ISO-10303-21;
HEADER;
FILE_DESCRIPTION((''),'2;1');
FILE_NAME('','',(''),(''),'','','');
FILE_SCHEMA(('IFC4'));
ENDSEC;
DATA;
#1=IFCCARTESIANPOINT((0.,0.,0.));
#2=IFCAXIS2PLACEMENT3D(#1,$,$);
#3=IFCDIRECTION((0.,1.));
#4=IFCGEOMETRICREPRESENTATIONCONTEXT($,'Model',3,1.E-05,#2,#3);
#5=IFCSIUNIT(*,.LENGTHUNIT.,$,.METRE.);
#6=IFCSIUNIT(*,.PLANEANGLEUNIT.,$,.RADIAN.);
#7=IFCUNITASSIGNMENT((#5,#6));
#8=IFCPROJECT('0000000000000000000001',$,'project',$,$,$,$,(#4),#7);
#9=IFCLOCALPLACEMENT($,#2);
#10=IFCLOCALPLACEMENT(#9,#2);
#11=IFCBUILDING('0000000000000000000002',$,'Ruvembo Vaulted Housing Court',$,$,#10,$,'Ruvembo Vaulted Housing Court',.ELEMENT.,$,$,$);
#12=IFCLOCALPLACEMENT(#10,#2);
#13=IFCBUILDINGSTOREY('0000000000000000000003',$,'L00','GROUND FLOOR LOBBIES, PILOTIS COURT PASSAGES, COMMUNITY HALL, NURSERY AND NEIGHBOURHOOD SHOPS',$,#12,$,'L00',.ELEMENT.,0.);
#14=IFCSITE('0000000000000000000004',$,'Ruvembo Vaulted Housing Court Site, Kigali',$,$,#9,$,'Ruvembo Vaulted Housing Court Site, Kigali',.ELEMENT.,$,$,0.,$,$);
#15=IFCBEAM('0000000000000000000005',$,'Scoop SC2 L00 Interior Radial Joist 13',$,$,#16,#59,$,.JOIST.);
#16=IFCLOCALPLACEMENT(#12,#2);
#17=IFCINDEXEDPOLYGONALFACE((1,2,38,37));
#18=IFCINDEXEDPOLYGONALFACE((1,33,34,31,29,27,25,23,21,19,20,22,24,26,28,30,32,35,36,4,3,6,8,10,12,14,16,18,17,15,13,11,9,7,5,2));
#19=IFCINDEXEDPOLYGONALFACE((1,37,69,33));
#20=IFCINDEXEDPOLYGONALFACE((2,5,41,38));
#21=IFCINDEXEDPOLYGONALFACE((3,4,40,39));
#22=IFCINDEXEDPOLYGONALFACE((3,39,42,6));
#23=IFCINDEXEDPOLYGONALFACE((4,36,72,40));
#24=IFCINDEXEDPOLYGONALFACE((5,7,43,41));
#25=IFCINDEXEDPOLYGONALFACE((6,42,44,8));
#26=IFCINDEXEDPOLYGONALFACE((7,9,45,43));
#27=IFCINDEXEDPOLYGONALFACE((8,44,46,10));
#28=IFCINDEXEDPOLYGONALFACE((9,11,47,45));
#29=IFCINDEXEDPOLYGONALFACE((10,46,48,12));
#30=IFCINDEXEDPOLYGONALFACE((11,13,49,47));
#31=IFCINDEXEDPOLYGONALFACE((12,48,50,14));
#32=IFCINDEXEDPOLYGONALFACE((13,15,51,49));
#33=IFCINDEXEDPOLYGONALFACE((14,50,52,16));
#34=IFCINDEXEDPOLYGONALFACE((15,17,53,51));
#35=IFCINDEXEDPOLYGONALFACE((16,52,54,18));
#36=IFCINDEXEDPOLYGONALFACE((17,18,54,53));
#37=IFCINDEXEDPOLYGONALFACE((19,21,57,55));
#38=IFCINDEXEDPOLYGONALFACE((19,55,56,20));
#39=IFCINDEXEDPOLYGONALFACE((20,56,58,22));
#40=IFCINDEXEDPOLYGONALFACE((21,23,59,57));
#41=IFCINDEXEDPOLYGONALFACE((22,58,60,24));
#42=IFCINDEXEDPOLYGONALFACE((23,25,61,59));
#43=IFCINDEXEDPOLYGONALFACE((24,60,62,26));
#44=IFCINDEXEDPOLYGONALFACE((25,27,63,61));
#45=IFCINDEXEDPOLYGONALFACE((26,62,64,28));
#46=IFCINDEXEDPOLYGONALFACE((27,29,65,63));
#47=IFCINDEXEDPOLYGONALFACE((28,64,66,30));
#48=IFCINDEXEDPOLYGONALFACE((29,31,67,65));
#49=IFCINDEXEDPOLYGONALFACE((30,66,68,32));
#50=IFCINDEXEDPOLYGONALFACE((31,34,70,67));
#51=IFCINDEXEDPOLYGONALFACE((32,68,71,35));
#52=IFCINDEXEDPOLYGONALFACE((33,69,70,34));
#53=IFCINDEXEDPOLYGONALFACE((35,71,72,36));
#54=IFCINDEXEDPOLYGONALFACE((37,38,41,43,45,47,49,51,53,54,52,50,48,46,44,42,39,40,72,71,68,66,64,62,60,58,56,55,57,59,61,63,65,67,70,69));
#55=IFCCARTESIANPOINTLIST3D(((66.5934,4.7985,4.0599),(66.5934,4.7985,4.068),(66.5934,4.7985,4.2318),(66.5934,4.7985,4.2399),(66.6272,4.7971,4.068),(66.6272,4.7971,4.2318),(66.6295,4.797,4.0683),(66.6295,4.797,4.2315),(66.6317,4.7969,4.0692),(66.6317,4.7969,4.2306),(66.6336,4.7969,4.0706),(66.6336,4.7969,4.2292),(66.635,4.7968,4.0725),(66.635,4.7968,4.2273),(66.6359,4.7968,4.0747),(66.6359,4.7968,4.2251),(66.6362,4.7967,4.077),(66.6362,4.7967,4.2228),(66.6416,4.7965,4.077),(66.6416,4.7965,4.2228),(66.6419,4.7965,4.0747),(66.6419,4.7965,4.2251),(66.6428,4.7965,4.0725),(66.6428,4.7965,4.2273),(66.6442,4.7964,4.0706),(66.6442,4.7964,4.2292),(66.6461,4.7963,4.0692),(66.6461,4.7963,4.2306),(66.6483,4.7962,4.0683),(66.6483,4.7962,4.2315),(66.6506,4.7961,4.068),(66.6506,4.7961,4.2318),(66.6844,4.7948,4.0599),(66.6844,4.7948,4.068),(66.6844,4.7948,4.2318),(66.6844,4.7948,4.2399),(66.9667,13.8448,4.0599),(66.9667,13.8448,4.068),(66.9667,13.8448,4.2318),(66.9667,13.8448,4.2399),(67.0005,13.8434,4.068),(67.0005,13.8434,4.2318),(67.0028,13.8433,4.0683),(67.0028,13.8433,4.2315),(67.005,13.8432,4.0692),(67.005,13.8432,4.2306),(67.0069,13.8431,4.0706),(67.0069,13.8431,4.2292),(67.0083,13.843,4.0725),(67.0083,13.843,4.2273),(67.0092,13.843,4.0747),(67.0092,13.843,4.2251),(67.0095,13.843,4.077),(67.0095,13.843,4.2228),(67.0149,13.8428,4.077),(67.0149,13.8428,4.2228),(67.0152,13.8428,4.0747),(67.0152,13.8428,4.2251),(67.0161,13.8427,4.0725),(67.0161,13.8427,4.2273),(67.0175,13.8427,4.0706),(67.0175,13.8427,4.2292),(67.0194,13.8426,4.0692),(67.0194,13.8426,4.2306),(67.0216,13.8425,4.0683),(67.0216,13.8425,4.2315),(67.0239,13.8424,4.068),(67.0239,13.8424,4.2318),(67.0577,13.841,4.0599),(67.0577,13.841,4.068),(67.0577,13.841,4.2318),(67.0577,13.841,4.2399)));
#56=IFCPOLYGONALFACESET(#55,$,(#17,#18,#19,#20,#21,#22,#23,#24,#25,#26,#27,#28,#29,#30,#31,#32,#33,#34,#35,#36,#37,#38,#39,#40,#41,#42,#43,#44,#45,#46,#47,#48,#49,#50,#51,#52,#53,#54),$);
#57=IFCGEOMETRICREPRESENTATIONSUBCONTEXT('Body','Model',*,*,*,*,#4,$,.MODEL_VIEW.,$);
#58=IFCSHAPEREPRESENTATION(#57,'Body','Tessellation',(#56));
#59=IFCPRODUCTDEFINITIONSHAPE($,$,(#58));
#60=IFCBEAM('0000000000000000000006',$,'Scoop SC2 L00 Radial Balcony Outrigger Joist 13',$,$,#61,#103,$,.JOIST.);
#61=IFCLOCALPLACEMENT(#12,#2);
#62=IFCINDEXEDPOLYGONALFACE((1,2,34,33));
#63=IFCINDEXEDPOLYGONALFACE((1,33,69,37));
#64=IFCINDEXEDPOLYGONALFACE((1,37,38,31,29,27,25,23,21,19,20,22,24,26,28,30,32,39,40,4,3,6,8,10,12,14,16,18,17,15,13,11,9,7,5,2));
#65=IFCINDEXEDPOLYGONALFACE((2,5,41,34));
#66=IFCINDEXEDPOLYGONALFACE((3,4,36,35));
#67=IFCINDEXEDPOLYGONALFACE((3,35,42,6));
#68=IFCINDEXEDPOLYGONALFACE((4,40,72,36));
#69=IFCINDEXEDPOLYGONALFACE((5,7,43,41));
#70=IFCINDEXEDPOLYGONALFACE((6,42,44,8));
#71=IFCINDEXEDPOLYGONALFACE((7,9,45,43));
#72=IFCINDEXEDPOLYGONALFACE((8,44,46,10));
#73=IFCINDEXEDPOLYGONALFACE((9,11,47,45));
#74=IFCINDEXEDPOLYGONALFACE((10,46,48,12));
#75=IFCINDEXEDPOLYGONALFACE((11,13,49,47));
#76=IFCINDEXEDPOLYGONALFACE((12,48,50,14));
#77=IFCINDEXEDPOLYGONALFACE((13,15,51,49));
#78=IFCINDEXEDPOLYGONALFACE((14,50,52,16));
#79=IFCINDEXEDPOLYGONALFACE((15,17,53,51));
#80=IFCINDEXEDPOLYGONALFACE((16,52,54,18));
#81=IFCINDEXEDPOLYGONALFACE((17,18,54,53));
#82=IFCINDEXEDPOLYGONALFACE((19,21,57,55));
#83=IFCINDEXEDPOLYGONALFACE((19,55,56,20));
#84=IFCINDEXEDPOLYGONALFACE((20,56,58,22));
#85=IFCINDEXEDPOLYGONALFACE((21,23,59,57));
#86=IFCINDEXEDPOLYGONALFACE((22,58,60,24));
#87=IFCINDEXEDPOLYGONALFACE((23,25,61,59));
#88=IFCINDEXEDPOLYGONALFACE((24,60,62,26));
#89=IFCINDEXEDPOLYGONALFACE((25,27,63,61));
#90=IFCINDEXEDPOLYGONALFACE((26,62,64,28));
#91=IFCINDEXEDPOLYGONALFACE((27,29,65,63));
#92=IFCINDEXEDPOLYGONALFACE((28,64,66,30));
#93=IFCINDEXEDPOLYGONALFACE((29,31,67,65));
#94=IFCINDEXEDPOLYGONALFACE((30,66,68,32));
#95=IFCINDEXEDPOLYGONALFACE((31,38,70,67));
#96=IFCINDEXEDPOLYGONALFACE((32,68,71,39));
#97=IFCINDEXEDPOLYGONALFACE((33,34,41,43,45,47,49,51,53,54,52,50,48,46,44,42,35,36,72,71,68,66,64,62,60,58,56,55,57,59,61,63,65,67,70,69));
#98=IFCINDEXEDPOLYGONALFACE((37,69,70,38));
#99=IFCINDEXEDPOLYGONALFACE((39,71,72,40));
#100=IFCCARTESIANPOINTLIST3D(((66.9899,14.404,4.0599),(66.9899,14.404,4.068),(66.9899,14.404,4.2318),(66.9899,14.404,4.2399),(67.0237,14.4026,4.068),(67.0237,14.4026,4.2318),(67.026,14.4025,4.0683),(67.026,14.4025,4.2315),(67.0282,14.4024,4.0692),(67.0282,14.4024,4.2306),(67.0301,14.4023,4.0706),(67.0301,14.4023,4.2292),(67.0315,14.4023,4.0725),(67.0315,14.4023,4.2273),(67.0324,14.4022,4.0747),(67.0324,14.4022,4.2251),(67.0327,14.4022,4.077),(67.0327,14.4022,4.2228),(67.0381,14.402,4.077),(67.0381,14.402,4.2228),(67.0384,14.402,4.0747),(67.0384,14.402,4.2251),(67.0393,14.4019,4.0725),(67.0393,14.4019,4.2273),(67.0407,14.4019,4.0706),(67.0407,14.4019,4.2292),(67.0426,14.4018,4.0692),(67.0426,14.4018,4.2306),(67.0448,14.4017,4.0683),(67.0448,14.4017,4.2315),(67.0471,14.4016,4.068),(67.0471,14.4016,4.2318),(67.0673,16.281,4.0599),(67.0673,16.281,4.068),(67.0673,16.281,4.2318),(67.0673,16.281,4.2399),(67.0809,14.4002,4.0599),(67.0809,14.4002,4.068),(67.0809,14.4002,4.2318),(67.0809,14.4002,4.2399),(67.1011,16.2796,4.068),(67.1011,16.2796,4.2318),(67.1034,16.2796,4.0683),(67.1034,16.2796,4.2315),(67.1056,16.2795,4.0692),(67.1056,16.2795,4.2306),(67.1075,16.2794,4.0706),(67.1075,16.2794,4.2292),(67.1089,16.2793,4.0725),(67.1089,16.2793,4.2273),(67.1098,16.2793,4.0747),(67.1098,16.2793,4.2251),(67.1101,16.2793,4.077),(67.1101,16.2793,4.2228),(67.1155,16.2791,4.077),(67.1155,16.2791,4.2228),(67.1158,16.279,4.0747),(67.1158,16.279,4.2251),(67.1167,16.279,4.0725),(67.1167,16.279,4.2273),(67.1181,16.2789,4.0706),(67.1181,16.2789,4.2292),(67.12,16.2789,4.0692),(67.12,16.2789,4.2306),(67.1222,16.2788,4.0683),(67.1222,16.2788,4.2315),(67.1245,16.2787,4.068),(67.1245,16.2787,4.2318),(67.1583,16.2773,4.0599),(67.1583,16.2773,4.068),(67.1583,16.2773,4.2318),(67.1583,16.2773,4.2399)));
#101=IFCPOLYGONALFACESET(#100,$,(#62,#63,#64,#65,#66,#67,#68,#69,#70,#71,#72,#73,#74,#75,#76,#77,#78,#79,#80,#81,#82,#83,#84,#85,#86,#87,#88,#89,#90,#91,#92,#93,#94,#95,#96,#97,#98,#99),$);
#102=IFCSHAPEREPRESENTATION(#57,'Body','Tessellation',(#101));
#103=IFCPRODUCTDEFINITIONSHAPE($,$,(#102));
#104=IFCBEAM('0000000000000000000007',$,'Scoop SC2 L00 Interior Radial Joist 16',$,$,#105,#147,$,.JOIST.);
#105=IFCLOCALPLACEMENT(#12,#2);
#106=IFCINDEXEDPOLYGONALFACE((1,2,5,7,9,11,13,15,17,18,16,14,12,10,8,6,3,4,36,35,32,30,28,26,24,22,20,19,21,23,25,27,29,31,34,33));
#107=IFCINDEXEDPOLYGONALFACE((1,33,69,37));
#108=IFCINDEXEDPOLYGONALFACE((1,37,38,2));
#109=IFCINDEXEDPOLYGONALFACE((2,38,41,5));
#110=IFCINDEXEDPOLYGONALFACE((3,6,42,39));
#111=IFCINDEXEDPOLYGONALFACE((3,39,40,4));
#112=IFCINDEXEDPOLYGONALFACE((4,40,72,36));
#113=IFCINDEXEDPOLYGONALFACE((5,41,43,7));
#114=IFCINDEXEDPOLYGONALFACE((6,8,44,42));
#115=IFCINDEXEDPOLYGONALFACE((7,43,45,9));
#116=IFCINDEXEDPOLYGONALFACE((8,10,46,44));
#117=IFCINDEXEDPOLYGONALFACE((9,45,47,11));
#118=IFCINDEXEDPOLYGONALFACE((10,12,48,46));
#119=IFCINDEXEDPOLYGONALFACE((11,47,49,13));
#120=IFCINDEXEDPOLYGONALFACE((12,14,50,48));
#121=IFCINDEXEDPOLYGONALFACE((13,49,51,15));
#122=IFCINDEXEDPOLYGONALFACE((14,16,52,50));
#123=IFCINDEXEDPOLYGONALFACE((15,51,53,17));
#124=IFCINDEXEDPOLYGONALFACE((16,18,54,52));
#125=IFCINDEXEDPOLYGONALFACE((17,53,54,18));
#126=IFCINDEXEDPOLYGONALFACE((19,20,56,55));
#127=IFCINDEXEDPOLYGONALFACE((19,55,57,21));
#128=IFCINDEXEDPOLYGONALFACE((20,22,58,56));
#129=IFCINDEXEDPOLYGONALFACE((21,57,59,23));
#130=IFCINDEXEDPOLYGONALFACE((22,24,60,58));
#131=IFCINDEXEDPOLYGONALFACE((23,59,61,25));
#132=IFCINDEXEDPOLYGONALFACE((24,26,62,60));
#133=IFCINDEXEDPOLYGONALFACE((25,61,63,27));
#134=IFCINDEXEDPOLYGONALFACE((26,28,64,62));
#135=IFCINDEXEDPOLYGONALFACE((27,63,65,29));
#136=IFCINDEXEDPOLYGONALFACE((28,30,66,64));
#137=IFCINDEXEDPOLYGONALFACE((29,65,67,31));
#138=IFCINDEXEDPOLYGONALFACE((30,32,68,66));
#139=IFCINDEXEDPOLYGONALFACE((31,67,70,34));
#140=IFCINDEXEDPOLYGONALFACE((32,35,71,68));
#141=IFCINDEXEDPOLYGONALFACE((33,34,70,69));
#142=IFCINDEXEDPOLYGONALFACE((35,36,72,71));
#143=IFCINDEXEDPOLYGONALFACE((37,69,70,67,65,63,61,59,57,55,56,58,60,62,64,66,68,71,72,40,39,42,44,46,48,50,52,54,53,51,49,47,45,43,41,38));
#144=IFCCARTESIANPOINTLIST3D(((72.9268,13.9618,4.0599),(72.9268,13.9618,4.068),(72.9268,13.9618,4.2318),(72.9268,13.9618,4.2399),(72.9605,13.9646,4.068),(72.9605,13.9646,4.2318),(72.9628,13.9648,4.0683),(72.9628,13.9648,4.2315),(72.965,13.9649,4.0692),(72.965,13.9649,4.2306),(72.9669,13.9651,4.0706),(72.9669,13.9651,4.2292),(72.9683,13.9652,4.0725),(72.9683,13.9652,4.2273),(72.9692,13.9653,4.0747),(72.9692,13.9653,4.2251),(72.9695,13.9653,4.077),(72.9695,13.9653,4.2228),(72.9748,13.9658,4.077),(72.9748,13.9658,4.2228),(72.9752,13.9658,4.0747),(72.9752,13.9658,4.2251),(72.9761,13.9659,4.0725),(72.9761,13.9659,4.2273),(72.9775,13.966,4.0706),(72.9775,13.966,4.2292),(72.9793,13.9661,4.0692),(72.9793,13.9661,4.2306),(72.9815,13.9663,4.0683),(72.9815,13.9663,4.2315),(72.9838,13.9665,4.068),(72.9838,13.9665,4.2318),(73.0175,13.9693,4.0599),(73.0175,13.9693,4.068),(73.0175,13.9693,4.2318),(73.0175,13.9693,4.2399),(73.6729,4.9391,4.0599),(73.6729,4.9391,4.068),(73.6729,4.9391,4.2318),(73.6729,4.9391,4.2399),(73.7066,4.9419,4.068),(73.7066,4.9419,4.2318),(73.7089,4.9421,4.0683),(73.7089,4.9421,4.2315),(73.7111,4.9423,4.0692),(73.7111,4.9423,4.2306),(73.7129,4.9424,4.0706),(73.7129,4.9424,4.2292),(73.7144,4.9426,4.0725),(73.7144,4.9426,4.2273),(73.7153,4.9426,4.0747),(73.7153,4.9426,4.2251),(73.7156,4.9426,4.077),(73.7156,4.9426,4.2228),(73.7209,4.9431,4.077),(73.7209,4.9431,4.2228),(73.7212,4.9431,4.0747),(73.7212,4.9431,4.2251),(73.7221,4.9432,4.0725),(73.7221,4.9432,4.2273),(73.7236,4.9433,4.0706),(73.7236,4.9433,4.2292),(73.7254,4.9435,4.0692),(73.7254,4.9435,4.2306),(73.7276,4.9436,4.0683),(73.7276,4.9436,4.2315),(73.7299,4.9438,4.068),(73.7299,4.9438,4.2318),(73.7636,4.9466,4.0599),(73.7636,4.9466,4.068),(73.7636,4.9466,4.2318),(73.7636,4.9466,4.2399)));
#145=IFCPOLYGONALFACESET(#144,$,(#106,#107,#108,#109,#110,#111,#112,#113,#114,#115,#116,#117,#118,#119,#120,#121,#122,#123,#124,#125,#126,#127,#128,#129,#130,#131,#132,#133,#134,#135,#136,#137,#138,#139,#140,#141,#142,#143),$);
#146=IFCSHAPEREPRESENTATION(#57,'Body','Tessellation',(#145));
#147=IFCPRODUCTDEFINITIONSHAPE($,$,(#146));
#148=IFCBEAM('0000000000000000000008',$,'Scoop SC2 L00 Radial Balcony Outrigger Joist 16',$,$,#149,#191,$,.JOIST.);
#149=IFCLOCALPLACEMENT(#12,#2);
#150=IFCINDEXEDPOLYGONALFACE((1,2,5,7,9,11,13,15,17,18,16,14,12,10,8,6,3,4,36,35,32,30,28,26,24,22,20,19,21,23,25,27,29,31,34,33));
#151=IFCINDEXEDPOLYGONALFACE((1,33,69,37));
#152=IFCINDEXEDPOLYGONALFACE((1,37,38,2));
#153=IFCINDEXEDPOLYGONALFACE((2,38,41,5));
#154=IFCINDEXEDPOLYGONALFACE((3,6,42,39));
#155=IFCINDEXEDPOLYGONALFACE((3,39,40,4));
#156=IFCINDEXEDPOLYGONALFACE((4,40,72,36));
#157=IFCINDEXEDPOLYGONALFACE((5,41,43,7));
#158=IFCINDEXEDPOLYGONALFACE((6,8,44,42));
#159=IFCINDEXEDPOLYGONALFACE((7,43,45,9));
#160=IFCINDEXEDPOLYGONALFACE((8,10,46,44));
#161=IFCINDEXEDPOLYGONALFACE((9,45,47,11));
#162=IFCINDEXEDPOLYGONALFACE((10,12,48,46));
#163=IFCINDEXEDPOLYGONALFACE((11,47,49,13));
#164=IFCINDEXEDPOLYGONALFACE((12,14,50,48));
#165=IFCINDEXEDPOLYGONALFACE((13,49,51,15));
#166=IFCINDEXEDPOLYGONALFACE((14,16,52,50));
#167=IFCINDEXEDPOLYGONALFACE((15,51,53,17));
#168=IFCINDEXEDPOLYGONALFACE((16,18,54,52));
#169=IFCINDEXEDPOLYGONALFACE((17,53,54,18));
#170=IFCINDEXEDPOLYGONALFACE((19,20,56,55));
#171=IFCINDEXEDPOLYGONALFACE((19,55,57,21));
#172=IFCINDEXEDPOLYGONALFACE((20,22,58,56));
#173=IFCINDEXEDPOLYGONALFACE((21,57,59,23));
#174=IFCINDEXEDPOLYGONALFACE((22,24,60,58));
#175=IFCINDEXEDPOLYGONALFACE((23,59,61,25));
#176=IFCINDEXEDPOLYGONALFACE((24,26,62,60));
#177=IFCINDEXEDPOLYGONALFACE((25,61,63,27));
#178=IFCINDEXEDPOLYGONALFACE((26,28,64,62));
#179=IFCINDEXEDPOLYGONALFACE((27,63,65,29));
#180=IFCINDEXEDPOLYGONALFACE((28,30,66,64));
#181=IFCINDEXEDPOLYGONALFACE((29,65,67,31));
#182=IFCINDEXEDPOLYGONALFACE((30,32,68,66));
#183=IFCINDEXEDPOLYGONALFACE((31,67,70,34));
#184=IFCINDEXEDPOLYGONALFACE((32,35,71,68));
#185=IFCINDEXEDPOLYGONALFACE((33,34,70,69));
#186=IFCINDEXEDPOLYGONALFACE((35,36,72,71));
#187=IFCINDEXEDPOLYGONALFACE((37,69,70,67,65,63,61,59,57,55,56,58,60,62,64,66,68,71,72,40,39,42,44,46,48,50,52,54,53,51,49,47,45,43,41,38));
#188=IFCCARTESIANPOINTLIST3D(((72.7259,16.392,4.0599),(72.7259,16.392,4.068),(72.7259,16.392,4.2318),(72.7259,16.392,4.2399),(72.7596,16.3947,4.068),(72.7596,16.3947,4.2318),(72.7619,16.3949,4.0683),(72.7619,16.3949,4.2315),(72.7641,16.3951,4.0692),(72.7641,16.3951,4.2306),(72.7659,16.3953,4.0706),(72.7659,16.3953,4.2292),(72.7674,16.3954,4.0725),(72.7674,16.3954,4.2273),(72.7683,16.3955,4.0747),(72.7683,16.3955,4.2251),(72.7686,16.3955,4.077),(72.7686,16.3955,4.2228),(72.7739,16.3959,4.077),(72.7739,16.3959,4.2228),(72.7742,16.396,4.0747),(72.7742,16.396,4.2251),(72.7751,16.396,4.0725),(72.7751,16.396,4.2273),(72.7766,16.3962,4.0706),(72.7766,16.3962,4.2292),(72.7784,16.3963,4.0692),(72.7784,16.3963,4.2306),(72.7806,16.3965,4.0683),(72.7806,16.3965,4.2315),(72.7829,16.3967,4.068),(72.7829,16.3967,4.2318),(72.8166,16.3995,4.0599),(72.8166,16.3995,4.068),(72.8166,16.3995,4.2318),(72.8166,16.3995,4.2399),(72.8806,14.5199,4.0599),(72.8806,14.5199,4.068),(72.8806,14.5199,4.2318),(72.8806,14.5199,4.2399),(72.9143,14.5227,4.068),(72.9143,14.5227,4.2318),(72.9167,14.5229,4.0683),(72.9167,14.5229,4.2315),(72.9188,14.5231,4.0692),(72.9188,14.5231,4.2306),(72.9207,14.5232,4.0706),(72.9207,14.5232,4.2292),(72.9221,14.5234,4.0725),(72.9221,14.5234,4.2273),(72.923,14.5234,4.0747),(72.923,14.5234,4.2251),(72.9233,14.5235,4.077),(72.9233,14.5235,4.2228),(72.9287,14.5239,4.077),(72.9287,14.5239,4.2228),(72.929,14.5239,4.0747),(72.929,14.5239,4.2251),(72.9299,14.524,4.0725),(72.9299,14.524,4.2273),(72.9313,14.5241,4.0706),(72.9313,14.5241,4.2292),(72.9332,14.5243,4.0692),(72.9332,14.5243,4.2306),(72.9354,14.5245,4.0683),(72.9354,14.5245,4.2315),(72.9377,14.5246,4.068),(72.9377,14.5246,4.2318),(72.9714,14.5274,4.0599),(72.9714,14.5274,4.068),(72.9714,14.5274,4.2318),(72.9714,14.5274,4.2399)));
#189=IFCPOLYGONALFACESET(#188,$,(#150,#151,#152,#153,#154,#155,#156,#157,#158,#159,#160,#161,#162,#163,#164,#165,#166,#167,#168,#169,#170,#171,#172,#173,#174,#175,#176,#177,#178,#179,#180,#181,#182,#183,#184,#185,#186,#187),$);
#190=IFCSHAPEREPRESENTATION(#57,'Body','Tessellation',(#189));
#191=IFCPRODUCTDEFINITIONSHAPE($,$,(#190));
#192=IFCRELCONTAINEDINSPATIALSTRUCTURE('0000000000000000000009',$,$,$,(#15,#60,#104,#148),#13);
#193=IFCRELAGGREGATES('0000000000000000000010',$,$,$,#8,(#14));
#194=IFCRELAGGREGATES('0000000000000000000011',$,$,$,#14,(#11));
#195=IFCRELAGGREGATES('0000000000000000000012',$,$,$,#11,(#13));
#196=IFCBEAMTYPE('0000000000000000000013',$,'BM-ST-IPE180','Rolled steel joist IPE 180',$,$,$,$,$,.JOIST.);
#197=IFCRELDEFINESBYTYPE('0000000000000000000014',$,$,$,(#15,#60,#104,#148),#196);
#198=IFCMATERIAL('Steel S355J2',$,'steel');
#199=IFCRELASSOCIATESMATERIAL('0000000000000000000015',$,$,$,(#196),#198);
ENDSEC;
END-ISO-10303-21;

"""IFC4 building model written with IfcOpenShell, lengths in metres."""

from ifc_helpers import new_model, si_unit, direction, frame, origin, origin_2d, place, context, subcontext, project, spatial, i_section, extrude, material, material_profile, profile_set, type_object, element, save


model = new_model("IFC4")

# Units and contexts
model_context = context("Model", 3, precision=1e-05, world=origin(), true_north=direction((0.0, 1.0)))
body_context = subcontext(model_context, "Body", "Model", "MODEL_VIEW")
ifc_project = project(units=[si_unit("LENGTHUNIT", "METRE"), si_unit("PLANEANGLEUNIT", "RADIAN")], contexts=[model_context])

# Site, building, storey
site_placement = place(None, origin())
site = spatial("IfcSite", under=ifc_project, at=site_placement, Name="Ruvembo Vaulted Housing Court Site, Kigali", LongName="Ruvembo Vaulted Housing Court Site, Kigali", CompositionType="ELEMENT", RefElevation=0.0)
building_placement = place(site_placement, origin())
building = spatial("IfcBuilding", under=site, at=building_placement, Name="Ruvembo Vaulted Housing Court", LongName="Ruvembo Vaulted Housing Court", CompositionType="ELEMENT")
storey_placement = place(building_placement, origin())
storey = spatial("IfcBuildingStorey", under=building, at=storey_placement, Name="L00", Description="GROUND FLOOR LOBBIES, PILOTIS COURT PASSAGES, COMMUNITY HALL, NURSERY AND NEIGHBOURHOOD SHOPS", LongName="L00", CompositionType="ELEMENT", Elevation=0.0)

# Beams
ifc_material_1 = material(Name="Steel S355J2", Category="steel")
ifc_material_profile_1 = material_profile(ifc_material_1, i_section(OverallWidth=0.0911, OverallDepth=0.1799, WebThickness=0.0054, FlangeThickness=0.0081, FilletRadius=0.009, at=origin_2d()), Name="IPE 180")
ifc_profile_set_1 = profile_set([ifc_material_profile_1], Name="Steel S355J2")
beam_type_1 = type_object("IfcBeamType", Name="BM-ST-IPE180", Description="Rolled steel joist IPE 180", PredefinedType="JOIST", material=ifc_profile_set_1)
beam_1_placement = place(storey_placement, frame((66.6389, 4.7966, 4.1499), z_axis=(0.04123, 0.99915, 0.0), x_axis=(-0.99915, 0.04123, 0.0)))
element("IfcBeam", 1, at=beam_1_placement, inside=storey, type_object=beam_type_1, Name="Scoop SC2 L00 Interior Radial Joist 13", PredefinedType="JOIST", context=body_context, shape_type="SweptSolid", body=[
    extrude(i_section(OverallWidth=0.0911, OverallDepth=0.1799, WebThickness=0.0054, FlangeThickness=0.0081, FilletRadius=0.009, at=origin_2d()), origin(), (0.0, 0.0, 1.0), 9.054),
])
beam_2_placement = place(storey_placement, frame((67.0354, 14.4021, 4.1499), z_axis=(0.041198, 0.999151, 0.0), x_axis=(-0.999151, 0.041198, 0.0)))
element("IfcBeam", 2, at=beam_2_placement, inside=storey, type_object=beam_type_1, Name="Scoop SC2 L00 Radial Balcony Outrigger Joist 13", PredefinedType="JOIST", context=body_context, shape_type="SweptSolid", body=[
    extrude(i_section(OverallWidth=0.0911, OverallDepth=0.1799, WebThickness=0.0054, FlangeThickness=0.0081, FilletRadius=0.009, at=origin_2d()), origin(), (0.0, 0.0, 1.0), 1.8787),
])
beam_3_placement = place(storey_placement, frame((73.7183, 4.9429, 4.1499), z_axis=(-0.082409, 0.996599, 0.0), x_axis=(-0.996599, -0.082409, 0.0)))
element("IfcBeam", 3, at=beam_3_placement, inside=storey, type_object=beam_type_1, Name="Scoop SC2 L00 Interior Radial Joist 16", PredefinedType="JOIST", context=body_context, shape_type="SweptSolid", body=[
    extrude(i_section(OverallWidth=0.0911, OverallDepth=0.1799, WebThickness=0.0054, FlangeThickness=0.0081, FilletRadius=0.009, at=origin_2d()), origin(), (0.0, 0.0, 1.0), 9.0535),
])
beam_4_placement = place(storey_placement, frame((72.926, 14.5237, 4.1499), z_axis=(-0.0824, 0.996599, 0.0), x_axis=(-0.996599, -0.0824, 0.0)))
element("IfcBeam", 4, at=beam_4_placement, inside=storey, type_object=beam_type_1, Name="Scoop SC2 L00 Radial Balcony Outrigger Joist 16", PredefinedType="JOIST", context=body_context, shape_type="SweptSolid", body=[
    extrude(i_section(OverallWidth=0.0911, OverallDepth=0.1799, WebThickness=0.0054, FlangeThickness=0.0081, FilletRadius=0.009, at=origin_2d()), origin(), (0.0, 0.0, 1.0), 1.8784),
])

save(model, "model.ifc")
